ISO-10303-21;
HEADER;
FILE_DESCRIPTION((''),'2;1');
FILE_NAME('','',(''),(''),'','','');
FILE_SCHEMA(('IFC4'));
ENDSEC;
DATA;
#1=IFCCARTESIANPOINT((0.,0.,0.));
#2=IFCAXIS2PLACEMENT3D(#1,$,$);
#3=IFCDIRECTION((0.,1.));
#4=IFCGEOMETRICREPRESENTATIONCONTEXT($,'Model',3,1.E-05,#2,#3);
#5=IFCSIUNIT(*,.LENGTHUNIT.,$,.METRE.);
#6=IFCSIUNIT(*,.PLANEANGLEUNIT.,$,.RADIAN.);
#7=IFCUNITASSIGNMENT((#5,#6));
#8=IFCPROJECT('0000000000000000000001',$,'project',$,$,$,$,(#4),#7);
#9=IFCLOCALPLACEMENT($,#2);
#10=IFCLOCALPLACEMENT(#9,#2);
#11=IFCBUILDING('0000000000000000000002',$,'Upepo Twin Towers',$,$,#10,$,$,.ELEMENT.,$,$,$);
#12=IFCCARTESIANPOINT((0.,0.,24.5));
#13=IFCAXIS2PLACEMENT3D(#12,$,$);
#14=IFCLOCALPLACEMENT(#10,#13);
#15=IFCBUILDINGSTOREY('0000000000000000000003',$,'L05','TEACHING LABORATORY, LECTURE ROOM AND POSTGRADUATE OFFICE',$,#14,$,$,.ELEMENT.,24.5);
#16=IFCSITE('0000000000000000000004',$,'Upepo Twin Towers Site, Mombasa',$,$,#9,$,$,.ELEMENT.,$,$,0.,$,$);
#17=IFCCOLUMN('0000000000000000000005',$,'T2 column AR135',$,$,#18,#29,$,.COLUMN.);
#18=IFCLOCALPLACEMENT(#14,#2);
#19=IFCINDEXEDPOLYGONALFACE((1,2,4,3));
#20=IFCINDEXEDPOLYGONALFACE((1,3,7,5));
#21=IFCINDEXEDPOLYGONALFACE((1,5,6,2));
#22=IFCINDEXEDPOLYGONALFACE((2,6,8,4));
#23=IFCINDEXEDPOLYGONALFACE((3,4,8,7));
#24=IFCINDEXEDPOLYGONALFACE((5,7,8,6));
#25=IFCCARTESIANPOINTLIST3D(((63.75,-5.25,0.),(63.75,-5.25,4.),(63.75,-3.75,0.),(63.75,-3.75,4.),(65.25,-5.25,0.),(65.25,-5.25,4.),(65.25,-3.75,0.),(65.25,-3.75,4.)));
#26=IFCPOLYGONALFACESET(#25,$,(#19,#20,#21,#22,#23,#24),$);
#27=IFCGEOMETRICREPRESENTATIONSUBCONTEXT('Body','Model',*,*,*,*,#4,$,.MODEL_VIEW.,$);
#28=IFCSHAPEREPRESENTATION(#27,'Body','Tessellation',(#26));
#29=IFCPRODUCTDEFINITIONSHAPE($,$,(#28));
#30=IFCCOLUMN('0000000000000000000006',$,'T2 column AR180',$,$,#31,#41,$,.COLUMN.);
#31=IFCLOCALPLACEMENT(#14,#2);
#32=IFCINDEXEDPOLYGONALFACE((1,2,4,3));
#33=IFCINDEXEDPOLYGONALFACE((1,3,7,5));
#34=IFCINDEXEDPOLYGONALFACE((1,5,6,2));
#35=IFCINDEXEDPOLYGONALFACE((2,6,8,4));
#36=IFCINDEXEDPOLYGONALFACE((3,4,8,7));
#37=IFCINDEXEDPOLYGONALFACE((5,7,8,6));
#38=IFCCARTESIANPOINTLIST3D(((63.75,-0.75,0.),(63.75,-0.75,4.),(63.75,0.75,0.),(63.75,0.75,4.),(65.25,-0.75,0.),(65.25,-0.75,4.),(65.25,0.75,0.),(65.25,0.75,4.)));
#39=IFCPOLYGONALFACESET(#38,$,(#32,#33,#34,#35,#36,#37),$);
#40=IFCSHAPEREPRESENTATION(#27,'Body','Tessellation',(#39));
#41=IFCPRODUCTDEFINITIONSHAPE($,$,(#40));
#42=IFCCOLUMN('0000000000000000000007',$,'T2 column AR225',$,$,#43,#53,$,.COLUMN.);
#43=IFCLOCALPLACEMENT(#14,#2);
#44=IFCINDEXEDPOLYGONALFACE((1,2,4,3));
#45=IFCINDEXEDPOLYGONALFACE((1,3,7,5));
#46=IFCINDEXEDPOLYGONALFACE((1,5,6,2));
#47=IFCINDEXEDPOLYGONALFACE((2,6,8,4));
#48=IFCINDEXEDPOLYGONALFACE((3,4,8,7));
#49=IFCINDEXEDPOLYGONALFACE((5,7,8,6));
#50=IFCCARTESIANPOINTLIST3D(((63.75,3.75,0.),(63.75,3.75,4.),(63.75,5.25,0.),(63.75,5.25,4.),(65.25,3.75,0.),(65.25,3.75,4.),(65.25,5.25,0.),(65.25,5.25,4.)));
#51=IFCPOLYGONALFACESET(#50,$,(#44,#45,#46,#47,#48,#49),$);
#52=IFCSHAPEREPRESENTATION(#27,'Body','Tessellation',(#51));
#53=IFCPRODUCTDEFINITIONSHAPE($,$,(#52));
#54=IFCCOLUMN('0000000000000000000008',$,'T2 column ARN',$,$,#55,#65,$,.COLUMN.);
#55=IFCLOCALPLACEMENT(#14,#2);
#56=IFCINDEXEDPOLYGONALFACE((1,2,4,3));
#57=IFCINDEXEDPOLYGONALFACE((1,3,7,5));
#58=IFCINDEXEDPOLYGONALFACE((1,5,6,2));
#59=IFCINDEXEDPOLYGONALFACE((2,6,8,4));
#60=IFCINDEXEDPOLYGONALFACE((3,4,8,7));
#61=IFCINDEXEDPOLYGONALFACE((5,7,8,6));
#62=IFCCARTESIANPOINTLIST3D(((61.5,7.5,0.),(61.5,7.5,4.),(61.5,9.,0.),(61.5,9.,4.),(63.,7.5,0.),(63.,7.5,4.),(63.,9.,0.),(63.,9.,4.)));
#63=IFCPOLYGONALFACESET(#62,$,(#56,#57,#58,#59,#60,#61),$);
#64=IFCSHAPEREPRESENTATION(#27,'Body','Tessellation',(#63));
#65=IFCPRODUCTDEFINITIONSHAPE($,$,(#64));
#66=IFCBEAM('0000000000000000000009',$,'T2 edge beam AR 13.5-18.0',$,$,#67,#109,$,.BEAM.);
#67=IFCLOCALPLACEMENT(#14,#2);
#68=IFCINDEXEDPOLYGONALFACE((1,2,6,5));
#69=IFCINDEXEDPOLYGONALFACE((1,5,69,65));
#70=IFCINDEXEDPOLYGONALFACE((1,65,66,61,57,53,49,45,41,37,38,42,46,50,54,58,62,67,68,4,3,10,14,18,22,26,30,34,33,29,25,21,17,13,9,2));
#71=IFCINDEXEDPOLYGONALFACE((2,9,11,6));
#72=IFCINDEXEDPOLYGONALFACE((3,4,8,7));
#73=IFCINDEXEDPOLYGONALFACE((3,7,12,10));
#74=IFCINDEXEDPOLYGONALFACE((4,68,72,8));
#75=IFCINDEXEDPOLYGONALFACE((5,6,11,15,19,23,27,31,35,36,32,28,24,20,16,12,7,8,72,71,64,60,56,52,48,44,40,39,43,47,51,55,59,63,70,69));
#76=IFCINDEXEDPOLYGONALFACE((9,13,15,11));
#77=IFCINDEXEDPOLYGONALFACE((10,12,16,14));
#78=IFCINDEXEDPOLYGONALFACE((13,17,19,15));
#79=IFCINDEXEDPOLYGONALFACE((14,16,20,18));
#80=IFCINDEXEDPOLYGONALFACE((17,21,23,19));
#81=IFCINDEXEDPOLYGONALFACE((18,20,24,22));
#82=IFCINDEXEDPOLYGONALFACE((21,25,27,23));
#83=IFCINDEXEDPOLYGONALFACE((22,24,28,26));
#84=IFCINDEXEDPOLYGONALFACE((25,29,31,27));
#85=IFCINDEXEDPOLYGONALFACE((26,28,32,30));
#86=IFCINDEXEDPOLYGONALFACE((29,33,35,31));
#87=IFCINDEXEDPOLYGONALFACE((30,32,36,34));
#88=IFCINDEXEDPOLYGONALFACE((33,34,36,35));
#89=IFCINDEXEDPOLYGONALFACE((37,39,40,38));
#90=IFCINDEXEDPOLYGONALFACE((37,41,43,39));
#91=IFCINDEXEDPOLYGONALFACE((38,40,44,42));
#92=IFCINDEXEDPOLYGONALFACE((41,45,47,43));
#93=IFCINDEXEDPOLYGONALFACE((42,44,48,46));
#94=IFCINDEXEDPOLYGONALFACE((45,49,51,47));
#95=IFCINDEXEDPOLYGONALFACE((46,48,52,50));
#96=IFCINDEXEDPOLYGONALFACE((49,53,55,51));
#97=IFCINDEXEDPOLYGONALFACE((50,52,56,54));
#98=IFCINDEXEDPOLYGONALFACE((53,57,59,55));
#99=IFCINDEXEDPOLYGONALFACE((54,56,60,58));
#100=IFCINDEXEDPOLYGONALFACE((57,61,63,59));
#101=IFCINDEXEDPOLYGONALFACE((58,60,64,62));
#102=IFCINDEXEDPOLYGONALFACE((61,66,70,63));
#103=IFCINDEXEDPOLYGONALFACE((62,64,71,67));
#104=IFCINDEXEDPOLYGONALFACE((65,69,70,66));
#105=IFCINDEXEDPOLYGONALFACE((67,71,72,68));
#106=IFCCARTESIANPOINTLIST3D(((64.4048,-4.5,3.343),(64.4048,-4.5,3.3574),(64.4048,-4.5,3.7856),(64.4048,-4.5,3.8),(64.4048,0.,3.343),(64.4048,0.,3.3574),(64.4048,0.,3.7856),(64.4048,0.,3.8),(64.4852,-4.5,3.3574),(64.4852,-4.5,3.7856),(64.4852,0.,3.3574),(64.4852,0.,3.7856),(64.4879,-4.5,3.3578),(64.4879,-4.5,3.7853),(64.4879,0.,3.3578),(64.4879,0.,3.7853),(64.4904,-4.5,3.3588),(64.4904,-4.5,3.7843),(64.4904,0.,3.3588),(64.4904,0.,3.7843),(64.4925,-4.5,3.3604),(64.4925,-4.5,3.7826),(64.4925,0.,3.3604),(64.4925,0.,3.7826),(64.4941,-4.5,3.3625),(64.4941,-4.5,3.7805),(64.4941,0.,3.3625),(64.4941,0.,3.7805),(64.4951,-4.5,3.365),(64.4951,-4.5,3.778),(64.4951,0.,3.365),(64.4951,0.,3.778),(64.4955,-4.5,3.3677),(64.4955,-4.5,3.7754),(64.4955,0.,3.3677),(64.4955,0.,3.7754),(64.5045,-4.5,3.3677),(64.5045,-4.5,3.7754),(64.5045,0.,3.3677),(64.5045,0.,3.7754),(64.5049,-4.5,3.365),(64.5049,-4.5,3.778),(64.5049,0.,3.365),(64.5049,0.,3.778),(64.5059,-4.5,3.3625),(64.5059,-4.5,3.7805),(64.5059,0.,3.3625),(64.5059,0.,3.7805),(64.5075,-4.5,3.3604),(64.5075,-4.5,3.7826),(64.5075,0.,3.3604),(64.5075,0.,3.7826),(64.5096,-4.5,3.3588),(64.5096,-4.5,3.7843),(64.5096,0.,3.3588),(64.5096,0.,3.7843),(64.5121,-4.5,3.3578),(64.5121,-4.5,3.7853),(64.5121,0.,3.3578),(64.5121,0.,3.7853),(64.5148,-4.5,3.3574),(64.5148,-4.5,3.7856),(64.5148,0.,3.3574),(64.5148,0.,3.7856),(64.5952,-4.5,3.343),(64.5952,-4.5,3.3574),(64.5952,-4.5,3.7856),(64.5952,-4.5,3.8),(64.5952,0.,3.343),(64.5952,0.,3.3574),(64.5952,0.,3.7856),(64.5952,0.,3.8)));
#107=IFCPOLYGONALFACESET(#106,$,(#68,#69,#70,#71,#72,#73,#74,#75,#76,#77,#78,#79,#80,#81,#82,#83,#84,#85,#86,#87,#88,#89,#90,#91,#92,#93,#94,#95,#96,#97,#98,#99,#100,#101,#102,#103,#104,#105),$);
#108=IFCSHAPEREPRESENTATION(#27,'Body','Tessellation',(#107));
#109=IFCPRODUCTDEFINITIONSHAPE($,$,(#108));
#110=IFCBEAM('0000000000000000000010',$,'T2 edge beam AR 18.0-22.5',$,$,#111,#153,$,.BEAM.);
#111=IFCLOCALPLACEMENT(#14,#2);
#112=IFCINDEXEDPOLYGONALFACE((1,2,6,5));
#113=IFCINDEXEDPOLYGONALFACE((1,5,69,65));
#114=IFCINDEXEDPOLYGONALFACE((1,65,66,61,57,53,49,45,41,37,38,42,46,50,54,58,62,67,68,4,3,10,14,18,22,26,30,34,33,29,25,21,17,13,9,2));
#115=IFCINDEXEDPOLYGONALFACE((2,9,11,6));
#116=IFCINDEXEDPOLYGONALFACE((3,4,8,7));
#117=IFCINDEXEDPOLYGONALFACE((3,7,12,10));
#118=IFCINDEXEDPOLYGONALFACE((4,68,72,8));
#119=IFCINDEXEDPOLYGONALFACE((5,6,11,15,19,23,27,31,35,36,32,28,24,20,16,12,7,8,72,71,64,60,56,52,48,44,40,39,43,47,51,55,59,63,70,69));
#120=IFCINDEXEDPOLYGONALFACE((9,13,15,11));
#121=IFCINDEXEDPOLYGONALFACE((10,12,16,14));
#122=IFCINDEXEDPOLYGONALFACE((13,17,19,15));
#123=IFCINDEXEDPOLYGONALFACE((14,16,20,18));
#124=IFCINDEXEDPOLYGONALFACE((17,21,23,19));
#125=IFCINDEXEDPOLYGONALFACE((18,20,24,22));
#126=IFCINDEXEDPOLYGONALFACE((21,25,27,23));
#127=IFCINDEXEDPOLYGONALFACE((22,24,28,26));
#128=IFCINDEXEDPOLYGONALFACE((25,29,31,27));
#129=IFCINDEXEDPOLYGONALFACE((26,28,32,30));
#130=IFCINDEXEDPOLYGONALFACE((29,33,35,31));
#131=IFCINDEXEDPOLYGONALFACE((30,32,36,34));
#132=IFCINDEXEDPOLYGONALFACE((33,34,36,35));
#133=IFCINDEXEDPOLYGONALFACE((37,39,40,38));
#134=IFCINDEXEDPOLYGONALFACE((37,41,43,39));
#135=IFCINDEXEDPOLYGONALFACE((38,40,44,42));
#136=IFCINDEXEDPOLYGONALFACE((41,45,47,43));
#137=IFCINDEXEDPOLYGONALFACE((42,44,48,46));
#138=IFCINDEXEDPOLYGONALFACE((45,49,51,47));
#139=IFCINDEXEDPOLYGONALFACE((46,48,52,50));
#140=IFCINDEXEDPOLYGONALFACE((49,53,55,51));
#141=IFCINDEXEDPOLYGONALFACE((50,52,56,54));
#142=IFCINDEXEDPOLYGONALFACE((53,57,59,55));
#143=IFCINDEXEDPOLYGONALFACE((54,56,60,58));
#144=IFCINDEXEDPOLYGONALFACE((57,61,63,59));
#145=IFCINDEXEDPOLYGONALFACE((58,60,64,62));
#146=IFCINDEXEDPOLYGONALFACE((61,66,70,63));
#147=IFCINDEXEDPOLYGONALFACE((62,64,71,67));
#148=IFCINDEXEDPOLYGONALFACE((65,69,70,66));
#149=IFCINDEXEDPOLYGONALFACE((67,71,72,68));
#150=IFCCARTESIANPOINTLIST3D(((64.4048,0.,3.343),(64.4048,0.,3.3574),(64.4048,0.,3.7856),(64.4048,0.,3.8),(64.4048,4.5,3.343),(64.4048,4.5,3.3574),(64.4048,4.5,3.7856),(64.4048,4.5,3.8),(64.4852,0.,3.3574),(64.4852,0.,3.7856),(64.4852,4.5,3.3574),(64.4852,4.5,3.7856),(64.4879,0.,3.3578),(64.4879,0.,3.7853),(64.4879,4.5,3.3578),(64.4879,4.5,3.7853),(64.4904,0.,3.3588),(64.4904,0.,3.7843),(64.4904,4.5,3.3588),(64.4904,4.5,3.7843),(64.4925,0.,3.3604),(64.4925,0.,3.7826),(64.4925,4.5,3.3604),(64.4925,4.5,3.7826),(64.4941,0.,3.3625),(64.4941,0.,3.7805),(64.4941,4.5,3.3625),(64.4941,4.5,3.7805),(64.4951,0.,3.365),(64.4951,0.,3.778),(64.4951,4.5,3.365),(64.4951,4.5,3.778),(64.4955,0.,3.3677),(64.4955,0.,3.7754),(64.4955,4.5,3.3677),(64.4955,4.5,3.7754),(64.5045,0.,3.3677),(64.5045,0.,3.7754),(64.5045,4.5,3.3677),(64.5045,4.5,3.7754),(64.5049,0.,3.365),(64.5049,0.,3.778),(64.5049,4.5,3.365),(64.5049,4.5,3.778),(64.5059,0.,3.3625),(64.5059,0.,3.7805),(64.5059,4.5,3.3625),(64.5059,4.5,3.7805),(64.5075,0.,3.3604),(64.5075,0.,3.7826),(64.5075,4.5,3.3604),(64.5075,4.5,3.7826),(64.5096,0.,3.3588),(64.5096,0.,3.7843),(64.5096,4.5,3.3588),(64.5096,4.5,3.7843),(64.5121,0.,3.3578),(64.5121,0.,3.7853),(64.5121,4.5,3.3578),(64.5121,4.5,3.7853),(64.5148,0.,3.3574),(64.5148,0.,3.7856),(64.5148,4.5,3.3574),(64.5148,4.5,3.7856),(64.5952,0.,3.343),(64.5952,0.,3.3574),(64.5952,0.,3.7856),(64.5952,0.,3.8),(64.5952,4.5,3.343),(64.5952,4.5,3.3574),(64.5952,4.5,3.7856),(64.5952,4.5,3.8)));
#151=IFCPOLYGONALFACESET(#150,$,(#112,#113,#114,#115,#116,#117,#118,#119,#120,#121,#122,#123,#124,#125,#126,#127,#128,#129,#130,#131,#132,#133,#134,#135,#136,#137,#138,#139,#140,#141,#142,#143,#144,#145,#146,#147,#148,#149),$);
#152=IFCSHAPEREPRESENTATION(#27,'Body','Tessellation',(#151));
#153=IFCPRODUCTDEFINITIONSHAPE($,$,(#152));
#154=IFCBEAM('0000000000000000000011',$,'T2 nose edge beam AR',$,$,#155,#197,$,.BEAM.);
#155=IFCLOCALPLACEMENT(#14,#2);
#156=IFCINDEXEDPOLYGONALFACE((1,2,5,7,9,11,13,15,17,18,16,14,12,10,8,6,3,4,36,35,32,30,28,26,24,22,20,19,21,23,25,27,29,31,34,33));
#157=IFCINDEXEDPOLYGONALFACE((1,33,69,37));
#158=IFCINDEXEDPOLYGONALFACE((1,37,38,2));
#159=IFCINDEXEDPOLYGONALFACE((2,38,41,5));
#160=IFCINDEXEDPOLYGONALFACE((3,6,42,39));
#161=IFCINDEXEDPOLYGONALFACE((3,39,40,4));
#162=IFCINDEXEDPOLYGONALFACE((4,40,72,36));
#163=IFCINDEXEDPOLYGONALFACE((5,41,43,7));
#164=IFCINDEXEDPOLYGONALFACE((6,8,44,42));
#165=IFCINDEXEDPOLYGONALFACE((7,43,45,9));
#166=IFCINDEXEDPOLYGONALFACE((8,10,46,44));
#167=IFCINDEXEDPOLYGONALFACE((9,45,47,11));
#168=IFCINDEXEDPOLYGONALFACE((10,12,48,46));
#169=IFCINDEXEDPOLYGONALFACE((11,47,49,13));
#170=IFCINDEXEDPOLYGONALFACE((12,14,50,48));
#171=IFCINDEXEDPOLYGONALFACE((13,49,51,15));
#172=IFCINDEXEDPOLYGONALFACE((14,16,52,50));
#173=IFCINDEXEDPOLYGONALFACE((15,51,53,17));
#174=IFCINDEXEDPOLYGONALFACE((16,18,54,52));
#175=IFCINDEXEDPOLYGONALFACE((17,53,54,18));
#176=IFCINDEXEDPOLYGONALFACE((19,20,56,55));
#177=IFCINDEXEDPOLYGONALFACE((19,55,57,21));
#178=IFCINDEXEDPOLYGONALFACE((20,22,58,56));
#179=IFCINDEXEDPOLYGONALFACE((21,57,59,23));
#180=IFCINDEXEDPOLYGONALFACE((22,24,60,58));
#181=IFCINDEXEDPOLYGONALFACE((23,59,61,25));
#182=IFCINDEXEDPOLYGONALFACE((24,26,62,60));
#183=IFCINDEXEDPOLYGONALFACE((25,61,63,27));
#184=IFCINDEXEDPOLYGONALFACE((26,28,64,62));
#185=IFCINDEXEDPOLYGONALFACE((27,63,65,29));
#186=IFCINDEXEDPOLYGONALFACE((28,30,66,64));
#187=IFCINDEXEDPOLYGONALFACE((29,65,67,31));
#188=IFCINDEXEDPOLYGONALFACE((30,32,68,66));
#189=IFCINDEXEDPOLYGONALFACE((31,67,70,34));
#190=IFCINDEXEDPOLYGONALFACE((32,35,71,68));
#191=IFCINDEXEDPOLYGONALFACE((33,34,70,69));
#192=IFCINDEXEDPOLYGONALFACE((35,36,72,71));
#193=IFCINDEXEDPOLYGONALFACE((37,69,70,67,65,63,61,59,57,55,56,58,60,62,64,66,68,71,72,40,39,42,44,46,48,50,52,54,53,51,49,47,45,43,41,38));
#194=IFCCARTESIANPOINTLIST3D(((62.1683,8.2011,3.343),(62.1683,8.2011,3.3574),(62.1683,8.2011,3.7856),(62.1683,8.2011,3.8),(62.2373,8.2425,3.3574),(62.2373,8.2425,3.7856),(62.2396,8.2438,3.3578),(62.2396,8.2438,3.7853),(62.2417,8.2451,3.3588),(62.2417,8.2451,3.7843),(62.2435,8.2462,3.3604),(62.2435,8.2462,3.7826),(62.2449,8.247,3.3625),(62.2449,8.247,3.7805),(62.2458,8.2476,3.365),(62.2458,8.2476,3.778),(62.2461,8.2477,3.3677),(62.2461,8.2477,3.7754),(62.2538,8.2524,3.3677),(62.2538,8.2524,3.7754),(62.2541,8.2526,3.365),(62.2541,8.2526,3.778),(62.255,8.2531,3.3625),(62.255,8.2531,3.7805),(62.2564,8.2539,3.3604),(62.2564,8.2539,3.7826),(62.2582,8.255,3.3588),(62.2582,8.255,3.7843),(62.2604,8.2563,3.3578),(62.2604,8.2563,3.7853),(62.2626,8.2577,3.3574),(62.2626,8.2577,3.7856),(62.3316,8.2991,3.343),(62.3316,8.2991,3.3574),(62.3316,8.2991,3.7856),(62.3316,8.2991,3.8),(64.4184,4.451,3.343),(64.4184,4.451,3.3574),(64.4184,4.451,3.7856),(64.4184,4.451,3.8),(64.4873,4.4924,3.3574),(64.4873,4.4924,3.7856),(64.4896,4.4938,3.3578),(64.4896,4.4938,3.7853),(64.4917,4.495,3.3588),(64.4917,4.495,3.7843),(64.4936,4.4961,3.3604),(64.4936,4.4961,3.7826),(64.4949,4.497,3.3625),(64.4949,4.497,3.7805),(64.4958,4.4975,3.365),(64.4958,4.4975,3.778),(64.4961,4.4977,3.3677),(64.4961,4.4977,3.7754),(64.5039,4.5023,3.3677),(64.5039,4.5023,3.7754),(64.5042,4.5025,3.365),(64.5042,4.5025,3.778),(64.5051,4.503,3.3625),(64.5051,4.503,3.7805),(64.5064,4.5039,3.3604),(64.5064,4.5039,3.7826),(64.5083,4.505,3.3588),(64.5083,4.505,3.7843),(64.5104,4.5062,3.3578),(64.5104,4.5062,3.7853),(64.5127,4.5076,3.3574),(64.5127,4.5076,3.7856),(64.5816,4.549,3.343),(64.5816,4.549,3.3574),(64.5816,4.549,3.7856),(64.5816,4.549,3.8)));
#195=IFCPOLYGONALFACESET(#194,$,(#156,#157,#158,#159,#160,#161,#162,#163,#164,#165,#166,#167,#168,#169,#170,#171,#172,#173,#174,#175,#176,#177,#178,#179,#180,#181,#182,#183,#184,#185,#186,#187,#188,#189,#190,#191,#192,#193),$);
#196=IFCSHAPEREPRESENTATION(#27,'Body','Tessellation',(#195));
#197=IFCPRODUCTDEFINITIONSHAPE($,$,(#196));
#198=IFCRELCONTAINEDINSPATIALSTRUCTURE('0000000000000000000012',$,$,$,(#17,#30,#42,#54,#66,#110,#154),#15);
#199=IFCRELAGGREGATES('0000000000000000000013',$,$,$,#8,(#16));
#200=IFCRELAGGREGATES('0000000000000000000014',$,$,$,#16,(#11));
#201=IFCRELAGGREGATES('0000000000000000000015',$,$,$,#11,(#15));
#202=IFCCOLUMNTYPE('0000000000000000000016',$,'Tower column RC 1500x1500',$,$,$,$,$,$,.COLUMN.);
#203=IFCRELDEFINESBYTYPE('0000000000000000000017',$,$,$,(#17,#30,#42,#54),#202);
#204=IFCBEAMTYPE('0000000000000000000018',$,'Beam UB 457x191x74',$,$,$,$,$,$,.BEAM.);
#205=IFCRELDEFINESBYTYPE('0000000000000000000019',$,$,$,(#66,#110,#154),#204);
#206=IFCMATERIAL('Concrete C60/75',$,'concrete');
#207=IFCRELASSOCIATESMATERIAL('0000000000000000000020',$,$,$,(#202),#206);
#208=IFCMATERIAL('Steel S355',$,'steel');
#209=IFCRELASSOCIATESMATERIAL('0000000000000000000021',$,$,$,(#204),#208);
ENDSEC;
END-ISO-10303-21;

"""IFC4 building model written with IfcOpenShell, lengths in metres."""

from ifc_helpers import new_model, si_unit, direction, frame, origin, origin_2d, place, context, subcontext, project, spatial, rectangle, i_section, extrude, material, material_profile, profile_set, type_object, element, save


model = new_model("IFC4")

# Units and contexts
model_context = context("Model", 3, precision=1e-05, world=origin(), true_north=direction((0.0, 1.0)))
body_context = subcontext(model_context, "Body", "Model", "MODEL_VIEW")
ifc_project = project(units=[si_unit("LENGTHUNIT", "METRE"), si_unit("PLANEANGLEUNIT", "RADIAN")], contexts=[model_context])

# Site, building, storey
site_placement = place(None, origin())
site = spatial("IfcSite", under=ifc_project, at=site_placement, Name="Upepo Twin Towers Site, Mombasa", CompositionType="ELEMENT", RefElevation=0.0)
building_placement = place(site_placement, origin())
building = spatial("IfcBuilding", under=site, at=building_placement, Name="Upepo Twin Towers", CompositionType="ELEMENT")
storey_placement = place(building_placement, frame((0.0, 0.0, 24.5)))
storey = spatial("IfcBuildingStorey", under=building, at=storey_placement, Name="L05", Description="TEACHING LABORATORY, LECTURE ROOM AND POSTGRADUATE OFFICE", CompositionType="ELEMENT", Elevation=24.5)

# Columns
ifc_material_1 = material(Name="Concrete C60/75", Category="concrete")
ifc_material_profile_1 = material_profile(ifc_material_1, rectangle(XDim=1.5, YDim=1.5, at=origin_2d()), Name="RC 1500x1500")
ifc_profile_set_1 = profile_set([ifc_material_profile_1], Name="Concrete C60/75")
column_type = type_object("IfcColumnType", Name="Tower column RC 1500x1500", PredefinedType="COLUMN", material=ifc_profile_set_1)
for number, where, z_axis, x_axis, name in (
    (1, (64.5, -4.5, 0.0), (0.0, 0.0, 1.0), (1.0, 0.0, 0.0), "T2 column AR135"),
    (2, (64.5, 0.0, 0.0), (0.0, 0.0, 1.0), (1.0, 0.0, 0.0), "T2 column AR180"),
    (3, (64.5, 4.5, 0.0), (0.0, 0.0, 1.0), (1.0, 0.0, 0.0), "T2 column AR225"),
    (4, (62.25, 8.25, 0.0), (0.0, 0.0, 1.0), (1.0, 0.0, 0.0), "T2 column ARN"),
):
    element("IfcColumn", number, at=place(storey_placement, frame(where, z_axis=z_axis, x_axis=x_axis)), inside=storey, type_object=column_type, Name=name, PredefinedType="COLUMN", context=body_context, shape_type="SweptSolid", body=[
        extrude(rectangle(XDim=1.5, YDim=1.5, at=origin_2d()), origin(), (0.0, 0.0, 1.0), 4.0),
    ])

# Beams
ifc_material_2 = material(Name="Steel S355", Category="steel")
ifc_material_profile_2 = material_profile(ifc_material_2, i_section(OverallWidth=0.1904, OverallDepth=0.457, WebThickness=0.009, FlangeThickness=0.0144, FilletRadius=0.0103, at=origin_2d()), Name="UB 457x191x74")
ifc_profile_set_2 = profile_set([ifc_material_profile_2], Name="Steel S355")
beam_type_1 = type_object("IfcBeamType", Name="Beam UB 457x191x74", PredefinedType="BEAM", material=ifc_profile_set_2)
for number, where, z_axis, x_axis, name in (
    (5, (64.5, -4.5, 3.5715), (0.0, 1.0, 0.0), (-1.0, 0.0, 0.0), "T2 edge beam AR 13.5-18.0"),
    (6, (64.5, 0.0, 3.5715), (0.0, 1.0, 0.0), (-1.0, 0.0, 0.0), "T2 edge beam AR 18.0-22.5"),
):
    element("IfcBeam", number, at=place(storey_placement, frame(where, z_axis=z_axis, x_axis=x_axis)), inside=storey, type_object=beam_type_1, Name=name, PredefinedType="BEAM", context=body_context, shape_type="SweptSolid", body=[
        extrude(i_section(OverallWidth=0.1904, OverallDepth=0.457, WebThickness=0.009, FlangeThickness=0.0144, FilletRadius=0.0103, at=origin_2d()), origin(), (0.0, 0.0, 1.0), 4.5),
    ])
beam_1_placement = place(storey_placement, frame((64.5, 4.5, 3.5715), z_axis=(-0.514496, 0.857493, 0.0), x_axis=(-0.857493, -0.514496, 0.0)))
element("IfcBeam", 7, at=beam_1_placement, inside=storey, type_object=beam_type_1, Name="T2 nose edge beam AR", PredefinedType="BEAM", context=body_context, shape_type="SweptSolid", body=[
    extrude(i_section(OverallWidth=0.1904, OverallDepth=0.457, WebThickness=0.009, FlangeThickness=0.0144, FilletRadius=0.0103, at=origin_2d()), origin(), (0.0, 0.0, 1.0), 4.3733),
])

save(model, "model.ifc")
